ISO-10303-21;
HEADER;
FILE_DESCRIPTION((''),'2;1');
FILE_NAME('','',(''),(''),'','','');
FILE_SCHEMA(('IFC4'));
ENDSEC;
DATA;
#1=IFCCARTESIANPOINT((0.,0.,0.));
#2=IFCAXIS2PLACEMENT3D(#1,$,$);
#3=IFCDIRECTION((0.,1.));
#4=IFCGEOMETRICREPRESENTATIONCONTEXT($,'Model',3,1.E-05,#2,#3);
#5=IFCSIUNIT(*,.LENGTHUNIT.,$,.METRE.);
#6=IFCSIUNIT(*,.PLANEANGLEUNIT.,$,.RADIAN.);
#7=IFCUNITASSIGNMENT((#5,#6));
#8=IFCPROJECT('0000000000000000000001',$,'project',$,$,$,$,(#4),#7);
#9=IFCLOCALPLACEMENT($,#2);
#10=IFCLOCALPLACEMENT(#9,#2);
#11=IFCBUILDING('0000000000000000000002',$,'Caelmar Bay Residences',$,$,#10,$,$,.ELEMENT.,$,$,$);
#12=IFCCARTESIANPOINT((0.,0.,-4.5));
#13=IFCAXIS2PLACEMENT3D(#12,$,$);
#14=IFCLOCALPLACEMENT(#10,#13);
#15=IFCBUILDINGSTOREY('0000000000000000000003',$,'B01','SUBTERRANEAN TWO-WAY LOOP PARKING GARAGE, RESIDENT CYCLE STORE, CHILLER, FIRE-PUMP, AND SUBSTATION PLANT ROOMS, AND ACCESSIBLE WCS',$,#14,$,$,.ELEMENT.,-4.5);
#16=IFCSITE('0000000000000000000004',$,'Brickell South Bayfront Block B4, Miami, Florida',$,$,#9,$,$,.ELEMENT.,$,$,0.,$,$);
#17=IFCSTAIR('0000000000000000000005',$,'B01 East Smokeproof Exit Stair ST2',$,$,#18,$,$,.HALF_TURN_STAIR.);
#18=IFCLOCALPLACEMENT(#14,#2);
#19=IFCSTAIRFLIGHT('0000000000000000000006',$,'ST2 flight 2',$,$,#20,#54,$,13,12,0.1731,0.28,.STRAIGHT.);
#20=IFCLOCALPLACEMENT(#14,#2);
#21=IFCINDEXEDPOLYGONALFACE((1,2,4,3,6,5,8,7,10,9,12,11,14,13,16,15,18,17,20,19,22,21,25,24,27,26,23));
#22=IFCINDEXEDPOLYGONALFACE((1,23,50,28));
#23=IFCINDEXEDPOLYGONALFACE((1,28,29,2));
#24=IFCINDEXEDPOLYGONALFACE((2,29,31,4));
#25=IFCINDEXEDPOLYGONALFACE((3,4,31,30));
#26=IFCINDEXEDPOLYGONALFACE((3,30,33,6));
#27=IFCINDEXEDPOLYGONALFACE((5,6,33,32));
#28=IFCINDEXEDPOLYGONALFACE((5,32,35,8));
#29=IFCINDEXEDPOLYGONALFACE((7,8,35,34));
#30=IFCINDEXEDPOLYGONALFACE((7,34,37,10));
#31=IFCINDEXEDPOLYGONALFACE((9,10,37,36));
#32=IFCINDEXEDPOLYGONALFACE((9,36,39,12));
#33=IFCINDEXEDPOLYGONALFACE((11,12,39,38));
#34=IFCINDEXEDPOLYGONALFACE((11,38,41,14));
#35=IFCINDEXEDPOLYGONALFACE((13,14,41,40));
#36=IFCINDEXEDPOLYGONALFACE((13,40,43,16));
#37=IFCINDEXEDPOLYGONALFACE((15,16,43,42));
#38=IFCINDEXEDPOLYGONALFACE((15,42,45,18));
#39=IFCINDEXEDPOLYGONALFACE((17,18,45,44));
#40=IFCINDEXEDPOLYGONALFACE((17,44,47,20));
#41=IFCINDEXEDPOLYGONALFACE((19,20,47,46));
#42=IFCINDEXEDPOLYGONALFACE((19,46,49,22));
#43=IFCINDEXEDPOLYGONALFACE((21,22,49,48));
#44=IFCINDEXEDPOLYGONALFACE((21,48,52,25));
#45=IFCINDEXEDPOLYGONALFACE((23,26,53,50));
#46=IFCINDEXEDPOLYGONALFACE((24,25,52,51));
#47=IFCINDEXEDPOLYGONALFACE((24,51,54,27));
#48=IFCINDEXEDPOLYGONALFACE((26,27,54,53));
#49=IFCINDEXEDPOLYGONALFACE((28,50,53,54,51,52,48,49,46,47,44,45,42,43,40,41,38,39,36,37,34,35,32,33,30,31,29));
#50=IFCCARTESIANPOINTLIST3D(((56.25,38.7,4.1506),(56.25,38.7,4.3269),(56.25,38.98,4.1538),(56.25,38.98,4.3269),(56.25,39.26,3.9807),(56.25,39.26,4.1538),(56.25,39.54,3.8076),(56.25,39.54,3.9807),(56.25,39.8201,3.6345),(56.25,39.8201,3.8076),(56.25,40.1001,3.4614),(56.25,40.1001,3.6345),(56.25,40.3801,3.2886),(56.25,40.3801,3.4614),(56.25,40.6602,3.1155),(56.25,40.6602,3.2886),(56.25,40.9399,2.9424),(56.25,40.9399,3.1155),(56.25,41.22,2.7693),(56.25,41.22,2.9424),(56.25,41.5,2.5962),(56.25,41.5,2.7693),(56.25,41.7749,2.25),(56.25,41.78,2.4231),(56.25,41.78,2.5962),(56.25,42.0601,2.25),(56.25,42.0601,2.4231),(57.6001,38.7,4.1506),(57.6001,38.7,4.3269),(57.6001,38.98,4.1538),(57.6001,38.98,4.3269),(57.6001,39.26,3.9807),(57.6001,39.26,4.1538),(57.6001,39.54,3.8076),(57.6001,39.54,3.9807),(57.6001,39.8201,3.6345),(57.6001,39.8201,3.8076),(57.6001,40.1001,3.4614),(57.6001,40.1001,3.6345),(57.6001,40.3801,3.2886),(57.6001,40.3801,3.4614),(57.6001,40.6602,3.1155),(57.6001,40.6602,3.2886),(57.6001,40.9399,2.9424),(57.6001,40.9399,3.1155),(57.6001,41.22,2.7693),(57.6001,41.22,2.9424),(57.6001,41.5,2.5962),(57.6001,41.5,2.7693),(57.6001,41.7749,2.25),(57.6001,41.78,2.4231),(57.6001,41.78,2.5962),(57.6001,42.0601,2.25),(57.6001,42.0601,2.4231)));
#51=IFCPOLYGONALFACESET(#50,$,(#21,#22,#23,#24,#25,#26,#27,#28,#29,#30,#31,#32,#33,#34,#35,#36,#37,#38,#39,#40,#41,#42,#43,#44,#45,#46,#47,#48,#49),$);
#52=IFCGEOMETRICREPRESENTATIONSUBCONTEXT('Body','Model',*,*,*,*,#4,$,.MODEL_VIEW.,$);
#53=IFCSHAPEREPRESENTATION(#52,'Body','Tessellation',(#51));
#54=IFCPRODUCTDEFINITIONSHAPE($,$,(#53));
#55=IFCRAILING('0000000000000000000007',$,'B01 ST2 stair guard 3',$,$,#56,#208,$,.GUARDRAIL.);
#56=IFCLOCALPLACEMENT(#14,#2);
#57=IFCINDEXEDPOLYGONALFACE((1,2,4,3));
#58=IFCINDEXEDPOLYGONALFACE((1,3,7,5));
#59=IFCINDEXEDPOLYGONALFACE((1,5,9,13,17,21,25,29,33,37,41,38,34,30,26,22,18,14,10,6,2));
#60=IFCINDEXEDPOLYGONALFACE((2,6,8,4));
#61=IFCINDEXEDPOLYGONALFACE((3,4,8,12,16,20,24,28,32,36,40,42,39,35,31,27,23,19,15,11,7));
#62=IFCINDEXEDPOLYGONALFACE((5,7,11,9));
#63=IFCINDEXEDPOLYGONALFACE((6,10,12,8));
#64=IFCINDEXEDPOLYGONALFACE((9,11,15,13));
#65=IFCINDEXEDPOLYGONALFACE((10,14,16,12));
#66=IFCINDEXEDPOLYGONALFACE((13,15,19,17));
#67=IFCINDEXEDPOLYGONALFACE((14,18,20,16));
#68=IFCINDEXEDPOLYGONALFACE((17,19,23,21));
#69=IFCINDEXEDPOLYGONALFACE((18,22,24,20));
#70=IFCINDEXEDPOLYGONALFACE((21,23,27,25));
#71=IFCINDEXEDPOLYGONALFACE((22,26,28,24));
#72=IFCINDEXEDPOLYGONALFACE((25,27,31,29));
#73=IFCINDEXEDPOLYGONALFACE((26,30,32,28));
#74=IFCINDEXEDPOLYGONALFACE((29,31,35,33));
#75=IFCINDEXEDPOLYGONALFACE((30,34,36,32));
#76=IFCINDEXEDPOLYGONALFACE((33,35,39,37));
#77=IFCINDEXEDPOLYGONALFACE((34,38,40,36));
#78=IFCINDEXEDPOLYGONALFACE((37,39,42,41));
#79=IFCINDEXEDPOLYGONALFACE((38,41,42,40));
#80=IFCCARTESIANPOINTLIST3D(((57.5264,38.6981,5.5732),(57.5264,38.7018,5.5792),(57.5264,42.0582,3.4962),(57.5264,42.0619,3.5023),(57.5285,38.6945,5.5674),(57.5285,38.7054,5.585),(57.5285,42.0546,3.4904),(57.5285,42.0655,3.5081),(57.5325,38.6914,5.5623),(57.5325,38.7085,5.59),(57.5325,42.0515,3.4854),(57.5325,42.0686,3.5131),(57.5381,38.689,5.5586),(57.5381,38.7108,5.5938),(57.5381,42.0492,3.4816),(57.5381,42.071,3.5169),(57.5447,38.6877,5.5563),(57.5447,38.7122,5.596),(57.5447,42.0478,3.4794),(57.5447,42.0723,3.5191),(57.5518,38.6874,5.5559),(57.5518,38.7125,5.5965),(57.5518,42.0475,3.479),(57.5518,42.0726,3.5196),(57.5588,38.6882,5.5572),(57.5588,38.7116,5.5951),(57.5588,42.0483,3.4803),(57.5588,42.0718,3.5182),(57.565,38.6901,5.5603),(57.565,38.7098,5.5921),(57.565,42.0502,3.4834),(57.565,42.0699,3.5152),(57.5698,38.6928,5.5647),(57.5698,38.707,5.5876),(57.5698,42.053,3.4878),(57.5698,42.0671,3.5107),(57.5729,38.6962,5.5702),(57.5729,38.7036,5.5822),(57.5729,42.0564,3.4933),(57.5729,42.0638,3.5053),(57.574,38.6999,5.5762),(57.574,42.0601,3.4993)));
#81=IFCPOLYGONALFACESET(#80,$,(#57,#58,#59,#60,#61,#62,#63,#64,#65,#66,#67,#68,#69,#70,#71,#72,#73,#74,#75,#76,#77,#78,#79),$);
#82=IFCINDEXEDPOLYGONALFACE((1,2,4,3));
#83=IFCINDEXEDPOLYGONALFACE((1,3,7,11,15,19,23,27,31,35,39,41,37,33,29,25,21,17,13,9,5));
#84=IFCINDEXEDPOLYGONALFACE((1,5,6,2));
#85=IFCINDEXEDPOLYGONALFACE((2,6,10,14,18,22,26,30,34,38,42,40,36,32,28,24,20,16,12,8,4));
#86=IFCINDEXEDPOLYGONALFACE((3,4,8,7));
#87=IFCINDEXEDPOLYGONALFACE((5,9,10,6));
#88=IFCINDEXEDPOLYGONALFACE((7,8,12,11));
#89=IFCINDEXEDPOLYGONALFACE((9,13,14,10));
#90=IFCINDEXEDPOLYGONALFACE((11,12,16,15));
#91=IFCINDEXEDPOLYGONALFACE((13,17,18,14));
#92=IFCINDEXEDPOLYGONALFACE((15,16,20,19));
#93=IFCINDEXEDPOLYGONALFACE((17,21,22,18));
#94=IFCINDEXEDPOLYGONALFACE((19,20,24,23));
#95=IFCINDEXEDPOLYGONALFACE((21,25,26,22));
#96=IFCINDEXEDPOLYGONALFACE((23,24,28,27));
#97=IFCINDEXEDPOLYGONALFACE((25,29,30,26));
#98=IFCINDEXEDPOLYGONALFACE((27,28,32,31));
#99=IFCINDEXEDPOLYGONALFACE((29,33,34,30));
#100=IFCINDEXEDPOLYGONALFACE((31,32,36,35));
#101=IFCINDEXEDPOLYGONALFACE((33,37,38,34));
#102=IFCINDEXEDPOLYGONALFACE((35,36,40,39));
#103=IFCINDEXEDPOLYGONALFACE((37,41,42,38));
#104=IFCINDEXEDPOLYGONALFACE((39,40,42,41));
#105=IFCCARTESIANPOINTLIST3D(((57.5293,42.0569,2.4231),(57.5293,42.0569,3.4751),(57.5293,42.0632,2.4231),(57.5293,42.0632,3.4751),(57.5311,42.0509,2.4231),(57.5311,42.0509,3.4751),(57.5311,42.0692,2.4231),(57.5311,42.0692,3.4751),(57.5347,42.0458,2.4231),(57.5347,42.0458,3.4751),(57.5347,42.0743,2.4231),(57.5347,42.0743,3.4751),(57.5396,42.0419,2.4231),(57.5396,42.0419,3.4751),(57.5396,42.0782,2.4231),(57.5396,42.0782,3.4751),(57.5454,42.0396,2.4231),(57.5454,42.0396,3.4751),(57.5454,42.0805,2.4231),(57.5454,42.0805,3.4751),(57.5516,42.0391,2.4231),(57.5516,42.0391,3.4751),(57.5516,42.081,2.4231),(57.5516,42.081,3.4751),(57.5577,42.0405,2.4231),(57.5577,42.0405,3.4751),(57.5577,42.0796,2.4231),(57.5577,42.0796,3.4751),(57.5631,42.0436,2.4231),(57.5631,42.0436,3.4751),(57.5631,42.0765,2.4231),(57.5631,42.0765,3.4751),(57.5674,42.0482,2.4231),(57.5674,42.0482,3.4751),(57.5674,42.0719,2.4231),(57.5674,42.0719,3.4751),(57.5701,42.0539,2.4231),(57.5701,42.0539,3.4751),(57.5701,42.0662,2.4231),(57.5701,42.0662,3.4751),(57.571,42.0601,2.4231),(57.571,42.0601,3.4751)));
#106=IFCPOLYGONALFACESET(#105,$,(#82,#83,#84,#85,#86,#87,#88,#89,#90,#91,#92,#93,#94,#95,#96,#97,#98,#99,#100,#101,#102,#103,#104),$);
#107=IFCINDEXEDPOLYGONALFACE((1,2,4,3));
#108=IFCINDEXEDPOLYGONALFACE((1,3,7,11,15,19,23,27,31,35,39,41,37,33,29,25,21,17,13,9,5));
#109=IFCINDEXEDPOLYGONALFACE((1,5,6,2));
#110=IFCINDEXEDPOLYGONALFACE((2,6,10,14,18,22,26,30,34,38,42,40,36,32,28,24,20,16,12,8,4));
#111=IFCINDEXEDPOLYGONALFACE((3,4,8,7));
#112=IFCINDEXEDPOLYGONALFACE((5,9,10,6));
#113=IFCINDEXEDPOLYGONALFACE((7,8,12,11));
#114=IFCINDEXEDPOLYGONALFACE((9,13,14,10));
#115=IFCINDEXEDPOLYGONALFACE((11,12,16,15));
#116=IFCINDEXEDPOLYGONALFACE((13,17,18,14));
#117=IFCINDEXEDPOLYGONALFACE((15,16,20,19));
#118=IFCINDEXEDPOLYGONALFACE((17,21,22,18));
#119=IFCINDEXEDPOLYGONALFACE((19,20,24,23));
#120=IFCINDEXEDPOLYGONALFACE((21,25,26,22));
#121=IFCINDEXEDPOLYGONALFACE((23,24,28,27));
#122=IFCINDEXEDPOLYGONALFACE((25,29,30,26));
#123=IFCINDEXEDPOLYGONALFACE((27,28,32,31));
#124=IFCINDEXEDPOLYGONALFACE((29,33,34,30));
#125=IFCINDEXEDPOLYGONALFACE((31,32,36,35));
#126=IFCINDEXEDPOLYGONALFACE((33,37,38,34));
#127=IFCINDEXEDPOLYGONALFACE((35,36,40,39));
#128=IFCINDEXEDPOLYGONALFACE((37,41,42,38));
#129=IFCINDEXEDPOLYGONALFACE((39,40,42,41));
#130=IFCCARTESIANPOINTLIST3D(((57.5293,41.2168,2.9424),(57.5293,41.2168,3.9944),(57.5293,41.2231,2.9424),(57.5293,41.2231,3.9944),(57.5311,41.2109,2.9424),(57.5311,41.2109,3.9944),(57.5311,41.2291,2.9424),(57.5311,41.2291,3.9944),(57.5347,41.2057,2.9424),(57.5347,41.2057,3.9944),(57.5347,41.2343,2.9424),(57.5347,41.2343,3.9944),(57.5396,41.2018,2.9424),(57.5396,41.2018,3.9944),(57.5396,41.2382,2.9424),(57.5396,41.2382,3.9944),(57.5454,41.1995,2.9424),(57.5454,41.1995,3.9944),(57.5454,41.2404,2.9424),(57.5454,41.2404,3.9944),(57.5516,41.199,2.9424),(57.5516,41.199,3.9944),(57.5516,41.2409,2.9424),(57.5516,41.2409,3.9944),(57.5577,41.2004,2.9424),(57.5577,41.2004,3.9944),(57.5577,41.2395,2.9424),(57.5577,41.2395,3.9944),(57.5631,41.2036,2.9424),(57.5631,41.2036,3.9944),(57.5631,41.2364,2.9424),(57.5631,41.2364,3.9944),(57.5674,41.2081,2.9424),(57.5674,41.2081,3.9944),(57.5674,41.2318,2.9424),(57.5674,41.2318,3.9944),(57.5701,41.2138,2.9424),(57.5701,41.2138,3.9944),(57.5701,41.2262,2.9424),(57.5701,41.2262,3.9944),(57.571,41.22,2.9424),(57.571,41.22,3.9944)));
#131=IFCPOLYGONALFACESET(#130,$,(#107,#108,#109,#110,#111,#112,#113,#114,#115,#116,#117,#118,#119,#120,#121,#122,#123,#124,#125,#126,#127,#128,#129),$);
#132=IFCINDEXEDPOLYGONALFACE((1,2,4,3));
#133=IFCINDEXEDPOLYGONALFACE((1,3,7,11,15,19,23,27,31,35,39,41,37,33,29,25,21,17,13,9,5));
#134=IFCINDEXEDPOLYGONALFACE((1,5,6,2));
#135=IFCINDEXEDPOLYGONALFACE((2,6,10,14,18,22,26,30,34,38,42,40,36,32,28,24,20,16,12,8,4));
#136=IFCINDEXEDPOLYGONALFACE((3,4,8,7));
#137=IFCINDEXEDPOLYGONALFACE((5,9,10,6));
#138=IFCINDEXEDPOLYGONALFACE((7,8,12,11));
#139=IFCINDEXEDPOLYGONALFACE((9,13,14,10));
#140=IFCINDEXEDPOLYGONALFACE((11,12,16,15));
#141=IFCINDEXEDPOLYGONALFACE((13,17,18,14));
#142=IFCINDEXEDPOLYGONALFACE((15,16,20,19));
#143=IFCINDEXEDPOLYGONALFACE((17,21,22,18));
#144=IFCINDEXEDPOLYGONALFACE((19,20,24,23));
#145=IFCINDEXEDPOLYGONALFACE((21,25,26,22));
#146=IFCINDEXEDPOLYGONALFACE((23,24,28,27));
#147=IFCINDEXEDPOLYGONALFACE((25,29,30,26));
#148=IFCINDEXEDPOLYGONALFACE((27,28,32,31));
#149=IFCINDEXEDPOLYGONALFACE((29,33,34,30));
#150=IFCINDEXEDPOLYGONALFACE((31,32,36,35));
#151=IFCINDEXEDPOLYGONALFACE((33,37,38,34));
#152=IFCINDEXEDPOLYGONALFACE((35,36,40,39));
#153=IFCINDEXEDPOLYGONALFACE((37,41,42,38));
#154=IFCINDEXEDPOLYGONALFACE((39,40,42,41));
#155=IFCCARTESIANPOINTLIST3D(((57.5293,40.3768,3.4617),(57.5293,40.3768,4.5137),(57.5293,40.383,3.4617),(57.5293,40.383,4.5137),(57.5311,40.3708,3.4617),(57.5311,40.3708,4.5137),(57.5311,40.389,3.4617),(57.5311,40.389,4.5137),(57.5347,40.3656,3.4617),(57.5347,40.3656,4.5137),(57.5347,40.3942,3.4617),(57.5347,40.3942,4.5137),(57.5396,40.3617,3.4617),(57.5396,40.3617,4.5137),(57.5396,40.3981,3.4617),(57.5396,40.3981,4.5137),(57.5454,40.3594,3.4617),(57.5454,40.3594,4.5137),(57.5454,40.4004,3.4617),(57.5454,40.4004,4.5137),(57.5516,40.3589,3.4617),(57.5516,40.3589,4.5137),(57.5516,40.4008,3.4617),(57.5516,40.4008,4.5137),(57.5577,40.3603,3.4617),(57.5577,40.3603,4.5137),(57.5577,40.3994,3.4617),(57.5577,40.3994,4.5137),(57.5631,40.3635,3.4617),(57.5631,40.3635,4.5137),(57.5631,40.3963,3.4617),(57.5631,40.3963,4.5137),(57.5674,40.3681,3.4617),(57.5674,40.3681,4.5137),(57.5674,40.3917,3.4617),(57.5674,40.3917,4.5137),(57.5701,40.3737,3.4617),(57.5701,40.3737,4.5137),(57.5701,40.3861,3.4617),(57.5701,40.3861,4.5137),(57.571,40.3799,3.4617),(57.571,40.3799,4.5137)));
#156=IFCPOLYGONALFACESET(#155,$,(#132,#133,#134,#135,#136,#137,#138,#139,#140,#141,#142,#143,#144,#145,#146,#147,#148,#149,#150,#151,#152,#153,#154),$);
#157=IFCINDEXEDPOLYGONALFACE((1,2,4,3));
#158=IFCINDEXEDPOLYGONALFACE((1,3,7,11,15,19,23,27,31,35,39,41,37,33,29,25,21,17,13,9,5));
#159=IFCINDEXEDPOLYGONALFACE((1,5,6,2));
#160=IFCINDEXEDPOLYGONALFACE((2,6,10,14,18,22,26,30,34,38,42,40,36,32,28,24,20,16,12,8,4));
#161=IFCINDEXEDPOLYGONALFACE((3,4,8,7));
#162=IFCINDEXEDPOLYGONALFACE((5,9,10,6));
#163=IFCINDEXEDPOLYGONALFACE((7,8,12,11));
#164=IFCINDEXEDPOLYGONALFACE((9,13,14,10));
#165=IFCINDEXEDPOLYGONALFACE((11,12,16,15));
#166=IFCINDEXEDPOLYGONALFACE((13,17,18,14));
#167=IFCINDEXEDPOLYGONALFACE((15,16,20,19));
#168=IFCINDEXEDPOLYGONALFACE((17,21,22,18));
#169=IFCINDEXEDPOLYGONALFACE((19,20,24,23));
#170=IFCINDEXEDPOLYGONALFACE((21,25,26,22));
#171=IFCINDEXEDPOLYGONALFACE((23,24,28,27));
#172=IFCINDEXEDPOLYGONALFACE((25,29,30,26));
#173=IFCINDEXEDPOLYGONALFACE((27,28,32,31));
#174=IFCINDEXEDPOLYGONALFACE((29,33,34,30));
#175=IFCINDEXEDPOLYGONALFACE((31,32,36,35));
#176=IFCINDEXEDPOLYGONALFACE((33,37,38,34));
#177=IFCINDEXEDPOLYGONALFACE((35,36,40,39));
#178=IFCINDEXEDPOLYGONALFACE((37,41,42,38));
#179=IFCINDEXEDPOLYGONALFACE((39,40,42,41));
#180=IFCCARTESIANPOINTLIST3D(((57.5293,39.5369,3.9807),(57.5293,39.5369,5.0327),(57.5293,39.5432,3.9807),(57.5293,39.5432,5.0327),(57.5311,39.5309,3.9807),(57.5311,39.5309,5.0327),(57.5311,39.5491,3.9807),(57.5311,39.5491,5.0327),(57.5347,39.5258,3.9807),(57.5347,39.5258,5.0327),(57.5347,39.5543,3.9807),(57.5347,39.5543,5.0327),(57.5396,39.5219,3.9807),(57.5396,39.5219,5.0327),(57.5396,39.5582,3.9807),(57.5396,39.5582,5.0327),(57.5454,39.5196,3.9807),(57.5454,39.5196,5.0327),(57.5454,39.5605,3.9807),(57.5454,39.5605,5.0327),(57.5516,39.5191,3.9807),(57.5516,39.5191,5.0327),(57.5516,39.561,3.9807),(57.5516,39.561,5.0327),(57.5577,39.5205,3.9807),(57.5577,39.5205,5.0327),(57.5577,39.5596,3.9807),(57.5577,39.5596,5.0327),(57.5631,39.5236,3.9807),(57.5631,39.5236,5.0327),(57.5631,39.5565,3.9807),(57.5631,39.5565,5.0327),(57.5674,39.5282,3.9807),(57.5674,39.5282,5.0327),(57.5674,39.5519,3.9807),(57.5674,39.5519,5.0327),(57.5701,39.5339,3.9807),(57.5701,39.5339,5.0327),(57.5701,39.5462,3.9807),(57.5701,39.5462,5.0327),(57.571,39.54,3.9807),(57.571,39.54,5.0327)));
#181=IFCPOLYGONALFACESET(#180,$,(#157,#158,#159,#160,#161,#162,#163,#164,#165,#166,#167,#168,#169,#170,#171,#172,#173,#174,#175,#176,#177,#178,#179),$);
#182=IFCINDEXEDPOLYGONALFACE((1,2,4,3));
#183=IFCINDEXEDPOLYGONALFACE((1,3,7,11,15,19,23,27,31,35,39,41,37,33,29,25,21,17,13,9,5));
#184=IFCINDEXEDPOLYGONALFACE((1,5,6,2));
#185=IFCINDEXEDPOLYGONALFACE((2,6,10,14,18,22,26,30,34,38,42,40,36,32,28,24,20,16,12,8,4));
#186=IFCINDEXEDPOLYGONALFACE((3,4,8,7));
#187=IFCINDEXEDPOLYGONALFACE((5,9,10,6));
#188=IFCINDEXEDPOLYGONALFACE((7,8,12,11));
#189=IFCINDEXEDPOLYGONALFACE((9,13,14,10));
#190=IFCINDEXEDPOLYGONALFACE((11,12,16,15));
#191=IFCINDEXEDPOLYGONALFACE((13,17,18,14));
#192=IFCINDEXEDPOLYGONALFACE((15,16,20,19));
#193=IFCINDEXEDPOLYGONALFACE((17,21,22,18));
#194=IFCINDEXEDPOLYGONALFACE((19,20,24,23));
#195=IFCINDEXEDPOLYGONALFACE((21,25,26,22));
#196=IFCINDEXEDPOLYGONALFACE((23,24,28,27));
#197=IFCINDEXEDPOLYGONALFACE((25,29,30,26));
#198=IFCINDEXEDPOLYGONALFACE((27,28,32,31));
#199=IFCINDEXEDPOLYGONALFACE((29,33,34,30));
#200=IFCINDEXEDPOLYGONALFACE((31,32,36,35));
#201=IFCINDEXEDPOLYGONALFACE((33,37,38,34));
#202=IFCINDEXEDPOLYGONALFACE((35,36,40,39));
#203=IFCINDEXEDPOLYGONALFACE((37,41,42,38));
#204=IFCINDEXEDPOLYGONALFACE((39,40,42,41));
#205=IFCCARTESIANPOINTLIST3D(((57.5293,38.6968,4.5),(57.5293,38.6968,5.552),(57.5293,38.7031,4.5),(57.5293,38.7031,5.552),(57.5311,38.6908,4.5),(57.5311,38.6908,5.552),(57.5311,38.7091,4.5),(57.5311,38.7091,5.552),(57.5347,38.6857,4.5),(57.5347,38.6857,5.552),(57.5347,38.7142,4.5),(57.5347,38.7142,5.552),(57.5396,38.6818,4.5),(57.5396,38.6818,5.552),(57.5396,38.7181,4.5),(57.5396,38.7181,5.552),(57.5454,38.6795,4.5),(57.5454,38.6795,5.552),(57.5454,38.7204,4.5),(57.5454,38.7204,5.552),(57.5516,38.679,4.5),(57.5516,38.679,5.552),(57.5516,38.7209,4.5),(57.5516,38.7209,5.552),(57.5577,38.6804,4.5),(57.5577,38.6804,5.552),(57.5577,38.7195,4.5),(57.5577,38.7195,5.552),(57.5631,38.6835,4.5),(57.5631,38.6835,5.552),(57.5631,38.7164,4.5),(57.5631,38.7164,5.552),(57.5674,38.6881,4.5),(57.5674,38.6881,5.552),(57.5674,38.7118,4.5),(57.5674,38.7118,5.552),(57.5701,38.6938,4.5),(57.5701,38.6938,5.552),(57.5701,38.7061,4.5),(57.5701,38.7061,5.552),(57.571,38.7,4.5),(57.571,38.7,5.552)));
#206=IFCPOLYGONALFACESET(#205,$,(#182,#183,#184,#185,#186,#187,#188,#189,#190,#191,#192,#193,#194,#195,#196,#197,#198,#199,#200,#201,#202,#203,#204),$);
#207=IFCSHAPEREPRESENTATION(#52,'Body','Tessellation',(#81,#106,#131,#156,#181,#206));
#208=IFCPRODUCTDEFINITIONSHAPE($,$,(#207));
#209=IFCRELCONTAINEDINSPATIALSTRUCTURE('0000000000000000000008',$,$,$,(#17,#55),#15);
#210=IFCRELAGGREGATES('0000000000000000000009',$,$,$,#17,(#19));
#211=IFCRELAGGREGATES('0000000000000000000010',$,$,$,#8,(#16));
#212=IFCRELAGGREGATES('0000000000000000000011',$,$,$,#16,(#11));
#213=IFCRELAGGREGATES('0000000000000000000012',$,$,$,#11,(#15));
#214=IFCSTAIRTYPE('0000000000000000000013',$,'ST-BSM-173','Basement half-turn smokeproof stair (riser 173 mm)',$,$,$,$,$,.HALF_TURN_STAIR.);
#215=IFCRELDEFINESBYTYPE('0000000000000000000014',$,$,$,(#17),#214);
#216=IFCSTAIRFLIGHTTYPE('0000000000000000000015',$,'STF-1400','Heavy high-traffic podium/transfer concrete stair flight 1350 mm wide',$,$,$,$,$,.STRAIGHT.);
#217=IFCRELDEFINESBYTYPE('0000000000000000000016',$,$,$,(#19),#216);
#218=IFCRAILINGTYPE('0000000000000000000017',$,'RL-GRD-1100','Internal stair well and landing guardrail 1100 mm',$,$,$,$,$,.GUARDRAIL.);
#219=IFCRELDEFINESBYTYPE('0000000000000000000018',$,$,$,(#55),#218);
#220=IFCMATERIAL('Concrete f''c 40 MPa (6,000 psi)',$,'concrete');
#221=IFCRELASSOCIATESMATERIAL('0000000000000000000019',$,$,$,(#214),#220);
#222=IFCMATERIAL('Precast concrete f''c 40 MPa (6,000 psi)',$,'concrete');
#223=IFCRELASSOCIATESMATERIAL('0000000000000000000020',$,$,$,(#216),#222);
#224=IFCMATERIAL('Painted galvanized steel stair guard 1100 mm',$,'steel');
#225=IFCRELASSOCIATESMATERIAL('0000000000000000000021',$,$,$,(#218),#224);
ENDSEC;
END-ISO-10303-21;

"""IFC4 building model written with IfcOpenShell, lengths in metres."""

from ifc_helpers import new_model, si_unit, direction, frame, origin, origin_2d, place, context, subcontext, project, spatial, polyline, circle, outline, extrude, material, type_object, element, aggregate, save


model = new_model("IFC4")

# Units and contexts
model_context = context("Model", 3, precision=1e-05, world=origin(), true_north=direction((0.0, 1.0)))
body_context = subcontext(model_context, "Body", "Model", "MODEL_VIEW")
ifc_project = project(units=[si_unit("LENGTHUNIT", "METRE"), si_unit("PLANEANGLEUNIT", "RADIAN")], contexts=[model_context])

# Site, building, storey
site_placement = place(None, origin())
site = spatial("IfcSite", under=ifc_project, at=site_placement, Name="Brickell South Bayfront Block B4, Miami, Florida", CompositionType="ELEMENT", RefElevation=0.0)
building_placement = place(site_placement, origin())
building = spatial("IfcBuilding", under=site, at=building_placement, Name="Caelmar Bay Residences", CompositionType="ELEMENT")
storey_placement = place(building_placement, frame((0.0, 0.0, -4.5)))
storey = spatial("IfcBuildingStorey", under=building, at=storey_placement, Name="B01", Description="SUBTERRANEAN TWO-WAY LOOP PARKING GARAGE, RESIDENT CYCLE STORE, CHILLER, FIRE-PUMP, AND SUBSTATION PLANT ROOMS, AND ACCESSIBLE WCS", CompositionType="ELEMENT", Elevation=-4.5)

# Stair, stair flight
ifc_material_1 = material(Name="Concrete f'c 40 MPa (6,000 psi)", Category="concrete")
stair_type = type_object("IfcStairType", Name="ST-BSM-173", Description="Basement half-turn smokeproof stair (riser 173 mm)", PredefinedType="HALF_TURN_STAIR", material=ifc_material_1)
stair_placement = place(storey_placement, origin())
stair = element("IfcStair", 1, at=stair_placement, inside=storey, type_object=stair_type, Name="B01 East Smokeproof Exit Stair ST2", PredefinedType="HALF_TURN_STAIR")
ifc_material_2 = material(Name="Precast concrete f'c 40 MPa (6,000 psi)", Category="concrete")
stair_flight_type = type_object("IfcStairFlightType", Name="STF-1400", Description="Heavy high-traffic podium/transfer concrete stair flight 1350 mm wide", PredefinedType="STRAIGHT", material=ifc_material_2)
stair_flight_placement = place(storey_placement, frame((56.925, 42.0601, 2.25), z_axis=(0.0, 0.0, 1.0), x_axis=(0.0, -1.0, 0.0)))
stair_flight = element("IfcStairFlight", 2, at=stair_flight_placement, type_object=stair_flight_type, Name="ST2 flight 2", NumberOfRisers=13, NumberOfTreads=12, PredefinedType="STRAIGHT", RiserHeight=0.1731, TreadLength=0.28, context=body_context, shape_type="SweptSolid", body=[
    extrude(outline(polyline([(0.0, 0.0), (0.0, 0.1731), (0.28, 0.1731), (0.28, 0.3462), (0.5601, 0.3462), (0.5601, 0.5193), (0.8401, 0.5193), (0.8401, 0.6924), (1.1201, 0.6924), (1.1201, 0.8655), (1.3999, 0.8655), (1.3999, 1.0386), (1.6799, 1.0386), (1.6799, 1.2114), (1.96, 1.2114), (1.96, 1.3845), (2.24, 1.3845), (2.24, 1.5576), (2.52, 1.5576), (2.52, 1.7307), (2.8, 1.7307), (2.8, 1.9038), (3.0801, 1.9038), (3.0801, 2.0769), (3.3601, 2.0769), (3.3601, 2.25), (3.3601, 1.9006), (0.2852, 0.0), (0.0, 0.0)])), frame((0.0, 0.675, 0.0), z_axis=(0.0, -1.0, 0.0), x_axis=(1.0, 0.0, 0.0)), (0.0, 0.0, 1.0), 1.3501),
])
aggregate(stair, [stair_flight])

# Railing
ifc_material_3 = material(Name="Painted galvanized steel stair guard 1100 mm", Category="steel")
railing_type_1 = type_object("IfcRailingType", Name="RL-GRD-1100", Description="Internal stair well and landing guardrail 1100 mm", PredefinedType="GUARDRAIL", material=ifc_material_3)
railing_1_placement = place(storey_placement, frame((57.55, 42.0601, 2.4231)))
element("IfcRailing", 3, at=railing_1_placement, inside=storey, type_object=railing_type_1, Name="B01 ST2 stair guard 3", PredefinedType="GUARDRAIL", context=body_context, shape_type="SweptSolid", body=[
    extrude(circle(Radius=0.0239, at=origin_2d()), frame((0.0, 0.0, 1.0762), z_axis=(0.0, -0.850623, 0.525776), x_axis=(1.0, 0.0, 0.0)), (0.0, 0.0, 1.0), 3.9502),
    extrude(circle(Radius=0.021, at=origin_2d()), origin(), (0.0, 0.0, 1.0), 1.052),
    extrude(circle(Radius=0.021, at=origin_2d()), frame((0.0, -0.8401, 0.5193)), (0.0, 0.0, 1.0), 1.052),
    extrude(circle(Radius=0.021, at=origin_2d()), frame((0.0, -1.6802, 1.0386)), (0.0, 0.0, 1.0), 1.052),
    extrude(circle(Radius=0.021, at=origin_2d()), frame((0.0, -2.52, 1.5576)), (0.0, 0.0, 1.0), 1.052),
    extrude(circle(Radius=0.021, at=origin_2d()), frame((0.0, -3.3601, 2.0769)), (0.0, 0.0, 1.0), 1.052),
])

save(model, "model.ifc")
